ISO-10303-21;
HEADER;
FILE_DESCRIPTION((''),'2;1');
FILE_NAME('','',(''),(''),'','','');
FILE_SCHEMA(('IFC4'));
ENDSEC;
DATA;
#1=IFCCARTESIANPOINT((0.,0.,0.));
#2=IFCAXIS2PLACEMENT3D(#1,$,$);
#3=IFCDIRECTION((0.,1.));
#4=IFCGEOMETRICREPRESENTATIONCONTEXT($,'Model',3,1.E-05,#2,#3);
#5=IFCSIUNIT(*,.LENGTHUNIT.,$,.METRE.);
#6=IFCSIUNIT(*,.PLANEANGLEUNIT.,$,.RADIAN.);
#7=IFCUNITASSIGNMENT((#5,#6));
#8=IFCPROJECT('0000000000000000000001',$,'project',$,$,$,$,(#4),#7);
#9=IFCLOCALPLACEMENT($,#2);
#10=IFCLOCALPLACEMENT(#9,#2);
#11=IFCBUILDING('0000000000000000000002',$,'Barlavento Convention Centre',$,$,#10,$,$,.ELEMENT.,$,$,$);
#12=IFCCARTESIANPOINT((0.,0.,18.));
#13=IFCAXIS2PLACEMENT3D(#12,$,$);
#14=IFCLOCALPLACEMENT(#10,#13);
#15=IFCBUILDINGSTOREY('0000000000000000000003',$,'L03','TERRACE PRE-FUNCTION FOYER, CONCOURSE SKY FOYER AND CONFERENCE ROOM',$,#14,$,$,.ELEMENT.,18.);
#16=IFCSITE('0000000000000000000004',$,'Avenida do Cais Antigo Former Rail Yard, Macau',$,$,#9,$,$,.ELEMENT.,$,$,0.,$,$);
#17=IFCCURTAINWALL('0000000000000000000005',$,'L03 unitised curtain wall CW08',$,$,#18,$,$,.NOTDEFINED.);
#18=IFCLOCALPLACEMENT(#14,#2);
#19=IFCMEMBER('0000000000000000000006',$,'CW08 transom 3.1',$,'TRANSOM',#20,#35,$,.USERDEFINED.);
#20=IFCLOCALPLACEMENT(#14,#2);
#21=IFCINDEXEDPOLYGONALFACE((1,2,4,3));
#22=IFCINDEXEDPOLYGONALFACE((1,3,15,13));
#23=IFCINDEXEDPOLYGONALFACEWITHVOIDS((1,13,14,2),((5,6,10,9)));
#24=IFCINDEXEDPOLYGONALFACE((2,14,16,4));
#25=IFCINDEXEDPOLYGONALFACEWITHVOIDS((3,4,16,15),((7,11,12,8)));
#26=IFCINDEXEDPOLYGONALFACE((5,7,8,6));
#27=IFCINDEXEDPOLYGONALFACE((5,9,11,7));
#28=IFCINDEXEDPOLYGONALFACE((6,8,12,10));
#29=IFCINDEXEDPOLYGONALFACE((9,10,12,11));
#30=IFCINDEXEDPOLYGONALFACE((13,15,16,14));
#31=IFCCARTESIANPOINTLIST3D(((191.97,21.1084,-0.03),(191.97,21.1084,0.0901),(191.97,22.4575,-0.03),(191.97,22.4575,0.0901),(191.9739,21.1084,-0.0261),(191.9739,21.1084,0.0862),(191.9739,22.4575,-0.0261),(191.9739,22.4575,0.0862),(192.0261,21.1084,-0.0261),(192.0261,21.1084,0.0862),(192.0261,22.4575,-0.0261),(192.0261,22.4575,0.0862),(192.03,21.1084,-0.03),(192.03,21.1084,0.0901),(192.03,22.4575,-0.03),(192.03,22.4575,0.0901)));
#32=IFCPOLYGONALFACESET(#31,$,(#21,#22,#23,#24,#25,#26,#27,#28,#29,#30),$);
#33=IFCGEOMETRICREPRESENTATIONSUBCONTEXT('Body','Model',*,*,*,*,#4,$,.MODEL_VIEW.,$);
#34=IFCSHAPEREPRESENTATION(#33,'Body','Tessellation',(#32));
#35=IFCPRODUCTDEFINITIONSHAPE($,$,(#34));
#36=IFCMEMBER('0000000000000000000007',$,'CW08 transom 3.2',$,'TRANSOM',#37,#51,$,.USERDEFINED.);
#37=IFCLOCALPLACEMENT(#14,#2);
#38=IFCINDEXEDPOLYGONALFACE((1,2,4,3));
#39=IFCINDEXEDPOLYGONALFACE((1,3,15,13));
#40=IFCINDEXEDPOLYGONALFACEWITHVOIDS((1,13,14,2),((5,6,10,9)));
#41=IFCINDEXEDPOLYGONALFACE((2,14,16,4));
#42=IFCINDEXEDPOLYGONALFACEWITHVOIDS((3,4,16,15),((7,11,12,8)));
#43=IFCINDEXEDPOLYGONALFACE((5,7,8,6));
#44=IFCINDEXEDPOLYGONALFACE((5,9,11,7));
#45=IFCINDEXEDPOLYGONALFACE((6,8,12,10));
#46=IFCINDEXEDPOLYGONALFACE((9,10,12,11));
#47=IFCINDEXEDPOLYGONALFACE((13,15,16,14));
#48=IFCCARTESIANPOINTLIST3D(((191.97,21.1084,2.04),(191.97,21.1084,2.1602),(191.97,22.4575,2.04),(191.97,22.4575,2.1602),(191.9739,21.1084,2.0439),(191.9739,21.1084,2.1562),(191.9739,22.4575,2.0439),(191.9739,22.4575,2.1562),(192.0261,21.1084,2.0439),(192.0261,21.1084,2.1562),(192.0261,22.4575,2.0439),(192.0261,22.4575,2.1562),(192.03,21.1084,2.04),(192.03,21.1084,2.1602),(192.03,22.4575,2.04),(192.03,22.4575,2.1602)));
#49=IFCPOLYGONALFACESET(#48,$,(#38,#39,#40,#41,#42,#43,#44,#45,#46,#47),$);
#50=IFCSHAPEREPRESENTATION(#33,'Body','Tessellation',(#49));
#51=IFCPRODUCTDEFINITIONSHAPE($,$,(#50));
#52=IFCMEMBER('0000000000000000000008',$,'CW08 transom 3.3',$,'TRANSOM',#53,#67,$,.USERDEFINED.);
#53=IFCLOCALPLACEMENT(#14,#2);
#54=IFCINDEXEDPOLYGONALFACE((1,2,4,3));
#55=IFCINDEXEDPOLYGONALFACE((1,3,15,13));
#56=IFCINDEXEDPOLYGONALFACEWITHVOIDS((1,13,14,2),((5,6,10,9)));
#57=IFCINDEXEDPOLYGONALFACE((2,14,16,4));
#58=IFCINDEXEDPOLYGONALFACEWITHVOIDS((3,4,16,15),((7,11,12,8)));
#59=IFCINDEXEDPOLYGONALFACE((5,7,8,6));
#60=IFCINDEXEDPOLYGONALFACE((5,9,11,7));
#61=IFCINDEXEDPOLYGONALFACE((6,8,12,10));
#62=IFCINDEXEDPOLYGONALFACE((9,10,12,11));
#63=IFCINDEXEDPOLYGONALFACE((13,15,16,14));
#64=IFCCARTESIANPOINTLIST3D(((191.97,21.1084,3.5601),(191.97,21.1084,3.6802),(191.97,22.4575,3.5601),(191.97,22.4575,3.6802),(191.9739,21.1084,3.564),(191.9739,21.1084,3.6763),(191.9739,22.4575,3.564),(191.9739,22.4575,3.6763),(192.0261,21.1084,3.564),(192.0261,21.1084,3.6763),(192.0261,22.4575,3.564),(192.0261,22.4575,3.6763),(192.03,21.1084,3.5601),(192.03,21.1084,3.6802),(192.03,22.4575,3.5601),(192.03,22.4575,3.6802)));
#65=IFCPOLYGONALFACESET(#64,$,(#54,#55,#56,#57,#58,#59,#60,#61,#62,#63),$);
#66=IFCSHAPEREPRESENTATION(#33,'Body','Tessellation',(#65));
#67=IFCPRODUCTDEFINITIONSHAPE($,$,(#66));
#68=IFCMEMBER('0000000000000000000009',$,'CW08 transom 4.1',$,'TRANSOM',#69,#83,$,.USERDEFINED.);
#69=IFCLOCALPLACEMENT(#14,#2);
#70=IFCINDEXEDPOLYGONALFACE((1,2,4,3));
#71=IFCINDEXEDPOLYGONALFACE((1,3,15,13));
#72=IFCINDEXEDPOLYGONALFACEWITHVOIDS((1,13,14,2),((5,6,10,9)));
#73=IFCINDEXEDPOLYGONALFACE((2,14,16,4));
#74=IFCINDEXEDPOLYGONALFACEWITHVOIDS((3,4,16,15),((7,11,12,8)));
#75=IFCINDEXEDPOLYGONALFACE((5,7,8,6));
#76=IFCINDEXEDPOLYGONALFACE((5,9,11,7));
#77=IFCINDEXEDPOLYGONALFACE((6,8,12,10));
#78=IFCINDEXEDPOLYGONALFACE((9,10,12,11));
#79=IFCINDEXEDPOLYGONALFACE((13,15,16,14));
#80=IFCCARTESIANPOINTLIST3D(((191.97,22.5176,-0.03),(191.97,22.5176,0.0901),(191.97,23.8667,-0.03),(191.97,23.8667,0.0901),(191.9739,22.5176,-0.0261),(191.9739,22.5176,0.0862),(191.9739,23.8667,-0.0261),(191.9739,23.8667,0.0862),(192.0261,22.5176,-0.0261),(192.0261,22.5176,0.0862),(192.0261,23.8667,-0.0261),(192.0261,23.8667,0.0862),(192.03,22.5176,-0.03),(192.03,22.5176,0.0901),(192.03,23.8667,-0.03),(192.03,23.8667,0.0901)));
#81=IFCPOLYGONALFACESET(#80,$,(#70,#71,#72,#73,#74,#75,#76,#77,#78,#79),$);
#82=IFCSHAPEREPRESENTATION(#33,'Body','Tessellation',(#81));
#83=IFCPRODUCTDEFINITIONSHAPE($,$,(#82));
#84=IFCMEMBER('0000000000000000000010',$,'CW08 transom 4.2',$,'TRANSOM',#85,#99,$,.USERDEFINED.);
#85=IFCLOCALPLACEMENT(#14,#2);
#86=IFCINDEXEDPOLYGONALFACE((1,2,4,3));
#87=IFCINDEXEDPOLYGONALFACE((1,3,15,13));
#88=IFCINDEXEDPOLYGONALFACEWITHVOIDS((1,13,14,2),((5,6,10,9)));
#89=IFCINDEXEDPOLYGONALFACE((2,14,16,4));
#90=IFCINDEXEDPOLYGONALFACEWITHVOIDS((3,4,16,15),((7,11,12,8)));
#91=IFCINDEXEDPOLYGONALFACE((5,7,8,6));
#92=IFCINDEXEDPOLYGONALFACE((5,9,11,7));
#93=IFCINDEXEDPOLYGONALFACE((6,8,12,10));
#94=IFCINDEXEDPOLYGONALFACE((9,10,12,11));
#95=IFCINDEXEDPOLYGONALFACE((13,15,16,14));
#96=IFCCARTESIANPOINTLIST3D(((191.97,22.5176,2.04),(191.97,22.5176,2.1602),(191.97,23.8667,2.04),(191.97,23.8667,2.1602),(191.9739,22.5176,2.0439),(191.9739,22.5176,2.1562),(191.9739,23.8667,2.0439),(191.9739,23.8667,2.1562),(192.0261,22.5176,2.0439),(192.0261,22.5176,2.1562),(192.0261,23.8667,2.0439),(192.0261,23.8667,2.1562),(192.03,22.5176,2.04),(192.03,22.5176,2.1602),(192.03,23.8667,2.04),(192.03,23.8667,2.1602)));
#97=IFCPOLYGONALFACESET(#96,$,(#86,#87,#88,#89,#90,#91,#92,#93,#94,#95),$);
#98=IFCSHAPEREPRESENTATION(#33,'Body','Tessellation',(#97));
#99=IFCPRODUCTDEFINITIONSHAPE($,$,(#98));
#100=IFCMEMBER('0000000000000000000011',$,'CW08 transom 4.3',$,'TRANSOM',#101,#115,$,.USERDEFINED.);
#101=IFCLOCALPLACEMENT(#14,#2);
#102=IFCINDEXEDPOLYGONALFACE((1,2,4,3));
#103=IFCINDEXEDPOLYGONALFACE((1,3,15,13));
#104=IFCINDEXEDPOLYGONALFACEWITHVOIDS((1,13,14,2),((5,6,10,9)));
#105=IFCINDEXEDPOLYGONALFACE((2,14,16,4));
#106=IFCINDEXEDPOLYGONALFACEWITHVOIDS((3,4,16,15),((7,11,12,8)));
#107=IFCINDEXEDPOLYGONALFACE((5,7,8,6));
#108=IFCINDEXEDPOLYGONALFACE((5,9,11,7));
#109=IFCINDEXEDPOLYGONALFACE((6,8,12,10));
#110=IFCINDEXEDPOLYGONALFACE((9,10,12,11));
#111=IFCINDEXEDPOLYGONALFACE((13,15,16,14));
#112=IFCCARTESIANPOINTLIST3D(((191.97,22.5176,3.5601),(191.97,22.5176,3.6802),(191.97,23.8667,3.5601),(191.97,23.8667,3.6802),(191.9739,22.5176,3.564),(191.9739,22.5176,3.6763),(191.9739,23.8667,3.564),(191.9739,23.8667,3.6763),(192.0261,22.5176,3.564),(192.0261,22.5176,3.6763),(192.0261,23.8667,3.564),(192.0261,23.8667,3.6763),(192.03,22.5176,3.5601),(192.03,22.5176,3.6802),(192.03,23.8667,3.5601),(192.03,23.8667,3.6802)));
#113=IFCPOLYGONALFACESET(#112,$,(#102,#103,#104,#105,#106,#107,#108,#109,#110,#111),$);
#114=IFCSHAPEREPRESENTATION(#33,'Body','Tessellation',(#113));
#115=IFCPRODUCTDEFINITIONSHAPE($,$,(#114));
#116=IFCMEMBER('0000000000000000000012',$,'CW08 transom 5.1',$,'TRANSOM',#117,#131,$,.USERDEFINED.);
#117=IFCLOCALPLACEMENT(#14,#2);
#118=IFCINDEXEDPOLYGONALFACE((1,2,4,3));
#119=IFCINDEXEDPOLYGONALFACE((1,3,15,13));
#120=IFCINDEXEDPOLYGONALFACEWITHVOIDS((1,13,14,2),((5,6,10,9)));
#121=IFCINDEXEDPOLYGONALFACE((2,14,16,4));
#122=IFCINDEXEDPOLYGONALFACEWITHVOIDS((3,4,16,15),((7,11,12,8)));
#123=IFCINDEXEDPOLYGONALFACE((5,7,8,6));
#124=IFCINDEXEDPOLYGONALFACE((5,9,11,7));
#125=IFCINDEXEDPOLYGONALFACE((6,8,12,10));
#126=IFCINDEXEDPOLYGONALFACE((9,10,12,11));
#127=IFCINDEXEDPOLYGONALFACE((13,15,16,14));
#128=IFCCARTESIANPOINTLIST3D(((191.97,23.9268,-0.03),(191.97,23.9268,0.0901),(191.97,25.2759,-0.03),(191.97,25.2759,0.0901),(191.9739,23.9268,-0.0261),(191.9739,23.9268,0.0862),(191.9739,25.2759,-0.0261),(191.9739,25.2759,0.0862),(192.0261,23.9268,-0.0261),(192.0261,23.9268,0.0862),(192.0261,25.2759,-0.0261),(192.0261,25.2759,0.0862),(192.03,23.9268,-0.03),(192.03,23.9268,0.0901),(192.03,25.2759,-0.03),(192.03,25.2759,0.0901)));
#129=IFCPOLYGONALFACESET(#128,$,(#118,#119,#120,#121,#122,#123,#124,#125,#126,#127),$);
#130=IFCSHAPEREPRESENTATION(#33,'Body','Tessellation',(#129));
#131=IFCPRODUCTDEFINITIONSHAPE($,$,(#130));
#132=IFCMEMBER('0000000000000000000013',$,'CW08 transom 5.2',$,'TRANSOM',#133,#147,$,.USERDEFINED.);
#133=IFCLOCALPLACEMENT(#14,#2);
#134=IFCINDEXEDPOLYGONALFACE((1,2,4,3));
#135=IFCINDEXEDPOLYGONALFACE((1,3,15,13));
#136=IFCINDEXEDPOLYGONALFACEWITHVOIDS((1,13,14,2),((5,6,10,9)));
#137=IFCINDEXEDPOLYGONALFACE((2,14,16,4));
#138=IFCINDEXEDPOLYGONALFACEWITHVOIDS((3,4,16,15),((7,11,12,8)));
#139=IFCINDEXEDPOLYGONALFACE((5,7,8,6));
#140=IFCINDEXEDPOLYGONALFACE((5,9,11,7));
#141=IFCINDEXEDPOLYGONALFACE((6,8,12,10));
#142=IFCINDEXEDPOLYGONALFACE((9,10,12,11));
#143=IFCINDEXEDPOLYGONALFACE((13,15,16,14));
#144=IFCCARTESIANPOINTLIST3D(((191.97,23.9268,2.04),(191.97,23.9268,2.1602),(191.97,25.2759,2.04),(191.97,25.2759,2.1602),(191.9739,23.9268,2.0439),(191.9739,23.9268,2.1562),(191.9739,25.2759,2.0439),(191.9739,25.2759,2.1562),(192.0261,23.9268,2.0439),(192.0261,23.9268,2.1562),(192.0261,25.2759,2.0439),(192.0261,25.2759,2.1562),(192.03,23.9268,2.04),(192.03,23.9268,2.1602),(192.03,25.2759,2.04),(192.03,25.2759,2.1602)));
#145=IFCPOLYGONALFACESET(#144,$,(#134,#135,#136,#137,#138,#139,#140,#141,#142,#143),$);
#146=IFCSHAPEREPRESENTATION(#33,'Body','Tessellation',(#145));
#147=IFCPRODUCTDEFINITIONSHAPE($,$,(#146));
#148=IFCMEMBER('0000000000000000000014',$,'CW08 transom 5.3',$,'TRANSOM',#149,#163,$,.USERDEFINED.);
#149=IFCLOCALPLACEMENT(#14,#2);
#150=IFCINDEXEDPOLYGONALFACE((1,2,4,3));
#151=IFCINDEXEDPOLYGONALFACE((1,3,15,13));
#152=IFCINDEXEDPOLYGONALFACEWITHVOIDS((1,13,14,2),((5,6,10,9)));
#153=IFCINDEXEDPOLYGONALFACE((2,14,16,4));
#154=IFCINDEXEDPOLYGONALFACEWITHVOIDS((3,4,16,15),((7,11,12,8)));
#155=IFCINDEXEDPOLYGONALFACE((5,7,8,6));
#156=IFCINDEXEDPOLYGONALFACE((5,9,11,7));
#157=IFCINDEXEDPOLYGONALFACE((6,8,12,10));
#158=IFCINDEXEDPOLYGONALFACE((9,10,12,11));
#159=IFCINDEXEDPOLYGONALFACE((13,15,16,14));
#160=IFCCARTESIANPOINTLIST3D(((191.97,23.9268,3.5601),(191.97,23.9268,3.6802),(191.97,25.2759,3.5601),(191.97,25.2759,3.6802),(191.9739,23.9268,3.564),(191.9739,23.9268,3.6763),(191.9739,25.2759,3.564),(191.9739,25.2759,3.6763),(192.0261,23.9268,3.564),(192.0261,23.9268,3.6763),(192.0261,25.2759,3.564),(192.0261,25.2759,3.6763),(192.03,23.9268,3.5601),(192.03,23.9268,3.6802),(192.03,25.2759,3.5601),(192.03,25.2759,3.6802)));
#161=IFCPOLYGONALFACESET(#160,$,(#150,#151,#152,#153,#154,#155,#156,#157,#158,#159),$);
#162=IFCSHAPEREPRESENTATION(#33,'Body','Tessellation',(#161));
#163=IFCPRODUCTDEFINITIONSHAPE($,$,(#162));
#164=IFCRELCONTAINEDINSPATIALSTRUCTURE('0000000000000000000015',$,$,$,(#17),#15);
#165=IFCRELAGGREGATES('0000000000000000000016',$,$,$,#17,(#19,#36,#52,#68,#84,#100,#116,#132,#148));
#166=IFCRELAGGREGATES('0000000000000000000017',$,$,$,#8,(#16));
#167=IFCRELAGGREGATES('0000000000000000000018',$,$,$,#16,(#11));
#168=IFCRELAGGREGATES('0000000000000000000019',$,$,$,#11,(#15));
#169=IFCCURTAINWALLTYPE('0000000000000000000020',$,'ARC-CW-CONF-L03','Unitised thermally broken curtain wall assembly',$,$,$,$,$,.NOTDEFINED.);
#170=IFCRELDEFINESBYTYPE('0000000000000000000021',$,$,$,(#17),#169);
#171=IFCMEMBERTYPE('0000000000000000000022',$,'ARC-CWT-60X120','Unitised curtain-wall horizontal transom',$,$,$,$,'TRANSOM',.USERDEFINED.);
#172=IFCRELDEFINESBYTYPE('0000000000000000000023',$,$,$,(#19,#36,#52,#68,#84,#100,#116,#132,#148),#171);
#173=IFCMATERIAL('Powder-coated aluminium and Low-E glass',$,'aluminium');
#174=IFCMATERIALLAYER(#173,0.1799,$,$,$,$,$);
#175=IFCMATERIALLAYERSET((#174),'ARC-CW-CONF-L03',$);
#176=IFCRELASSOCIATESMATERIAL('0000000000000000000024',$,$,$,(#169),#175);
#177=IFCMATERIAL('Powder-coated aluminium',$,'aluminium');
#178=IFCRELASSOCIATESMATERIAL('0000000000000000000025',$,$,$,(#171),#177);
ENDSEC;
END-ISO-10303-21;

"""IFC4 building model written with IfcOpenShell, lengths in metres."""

from ifc_helpers import new_model, si_unit, direction, frame, origin, origin_2d, place, context, subcontext, project, spatial, hollow_rectangle, extrude, material, layer, layer_set, material_profile, profile_set, type_object, element, aggregate, save


model = new_model("IFC4")

# Units and contexts
model_context = context("Model", 3, precision=1e-05, world=origin(), true_north=direction((0.0, 1.0)))
body_context = subcontext(model_context, "Body", "Model", "MODEL_VIEW")
ifc_project = project(units=[si_unit("LENGTHUNIT", "METRE"), si_unit("PLANEANGLEUNIT", "RADIAN")], contexts=[model_context])

# Site, building, storey
site_placement = place(None, origin())
site = spatial("IfcSite", under=ifc_project, at=site_placement, Name="Avenida do Cais Antigo Former Rail Yard, Macau", CompositionType="ELEMENT", RefElevation=0.0)
building_placement = place(site_placement, origin())
building = spatial("IfcBuilding", under=site, at=building_placement, Name="Barlavento Convention Centre", CompositionType="ELEMENT")
storey_placement = place(building_placement, frame((0.0, 0.0, 18.0)))
storey = spatial("IfcBuildingStorey", under=building, at=storey_placement, Name="L03", Description="TERRACE PRE-FUNCTION FOYER, CONCOURSE SKY FOYER AND CONFERENCE ROOM", CompositionType="ELEMENT", Elevation=18.0)

# Curtain wall, members
ifc_material_1 = material(Name="Powder-coated aluminium and Low-E glass", Category="aluminium")
ifc_layer_1 = layer(ifc_material_1, 0.1799)
ifc_layer_set_1 = layer_set([ifc_layer_1], Name="ARC-CW-CONF-L03")
curtain_wall_type = type_object("IfcCurtainWallType", Name="ARC-CW-CONF-L03", Description="Unitised thermally broken curtain wall assembly", PredefinedType="NOTDEFINED", material=ifc_layer_set_1)
curtain_wall_placement = place(storey_placement, origin())
curtain_wall = element("IfcCurtainWall", 1, at=curtain_wall_placement, inside=storey, type_object=curtain_wall_type, Name="L03 unitised curtain wall CW08", PredefinedType="NOTDEFINED")
ifc_material_2 = material(Name="Powder-coated aluminium", Category="aluminium")
ifc_material_profile_1 = material_profile(ifc_material_2, hollow_rectangle(XDim=0.0601, YDim=0.1201, WallThickness=0.0039, at=origin_2d()), Name="AL-TRAN 60x120x4")
ifc_profile_set_1 = profile_set([ifc_material_profile_1], Name="Powder-coated aluminium")
member_type_1 = type_object("IfcMemberType", Name="ARC-CWT-60X120", Description="Unitised curtain-wall horizontal transom", ElementType="TRANSOM", PredefinedType="USERDEFINED", material=ifc_profile_set_1)
member_1_placement = place(storey_placement, frame((192.0, 21.1084, 0.03), z_axis=(0.0, 1.0, 0.0), x_axis=(-1.0, 0.0, 0.0)))
member_1 = element("IfcMember", 2, at=member_1_placement, type_object=member_type_1, Name="CW08 transom 3.1", ObjectType="TRANSOM", PredefinedType="USERDEFINED", context=body_context, shape_type="SweptSolid", body=[
    extrude(hollow_rectangle(XDim=0.0601, YDim=0.1201, WallThickness=0.0039, at=origin_2d()), origin(), (0.0, 0.0, 1.0), 1.3491),
])
member_2_placement = place(storey_placement, frame((192.0, 21.1084, 2.1001), z_axis=(0.0, 1.0, 0.0), x_axis=(-1.0, 0.0, 0.0)))
member_2 = element("IfcMember", 3, at=member_2_placement, type_object=member_type_1, Name="CW08 transom 3.2", ObjectType="TRANSOM", PredefinedType="USERDEFINED", context=body_context, shape_type="SweptSolid", body=[
    extrude(hollow_rectangle(XDim=0.0601, YDim=0.1201, WallThickness=0.0039, at=origin_2d()), origin(), (0.0, 0.0, 1.0), 1.3491),
])
member_3_placement = place(storey_placement, frame((192.0, 21.1084, 3.6201), z_axis=(0.0, 1.0, 0.0), x_axis=(-1.0, 0.0, 0.0)))
member_3 = element("IfcMember", 4, at=member_3_placement, type_object=member_type_1, Name="CW08 transom 3.3", ObjectType="TRANSOM", PredefinedType="USERDEFINED", context=body_context, shape_type="SweptSolid", body=[
    extrude(hollow_rectangle(XDim=0.0601, YDim=0.1201, WallThickness=0.0039, at=origin_2d()), origin(), (0.0, 0.0, 1.0), 1.3491),
])
member_4_placement = place(storey_placement, frame((192.0, 22.5176, 0.03), z_axis=(0.0, 1.0, 0.0), x_axis=(-1.0, 0.0, 0.0)))
member_4 = element("IfcMember", 5, at=member_4_placement, type_object=member_type_1, Name="CW08 transom 4.1", ObjectType="TRANSOM", PredefinedType="USERDEFINED", context=body_context, shape_type="SweptSolid", body=[
    extrude(hollow_rectangle(XDim=0.0601, YDim=0.1201, WallThickness=0.0039, at=origin_2d()), origin(), (0.0, 0.0, 1.0), 1.3491),
])
member_5_placement = place(storey_placement, frame((192.0, 22.5176, 2.1001), z_axis=(0.0, 1.0, 0.0), x_axis=(-1.0, 0.0, 0.0)))
member_5 = element("IfcMember", 6, at=member_5_placement, type_object=member_type_1, Name="CW08 transom 4.2", ObjectType="TRANSOM", PredefinedType="USERDEFINED", context=body_context, shape_type="SweptSolid", body=[
    extrude(hollow_rectangle(XDim=0.0601, YDim=0.1201, WallThickness=0.0039, at=origin_2d()), origin(), (0.0, 0.0, 1.0), 1.3491),
])
member_6_placement = place(storey_placement, frame((192.0, 22.5176, 3.6201), z_axis=(0.0, 1.0, 0.0), x_axis=(-1.0, 0.0, 0.0)))
member_6 = element("IfcMember", 7, at=member_6_placement, type_object=member_type_1, Name="CW08 transom 4.3", ObjectType="TRANSOM", PredefinedType="USERDEFINED", context=body_context, shape_type="SweptSolid", body=[
    extrude(hollow_rectangle(XDim=0.0601, YDim=0.1201, WallThickness=0.0039, at=origin_2d()), origin(), (0.0, 0.0, 1.0), 1.3491),
])
member_7_placement = place(storey_placement, frame((192.0, 23.9268, 0.03), z_axis=(0.0, 1.0, 0.0), x_axis=(-1.0, 0.0, 0.0)))
member_7 = element("IfcMember", 8, at=member_7_placement, type_object=member_type_1, Name="CW08 transom 5.1", ObjectType="TRANSOM", PredefinedType="USERDEFINED", context=body_context, shape_type="SweptSolid", body=[
    extrude(hollow_rectangle(XDim=0.0601, YDim=0.1201, WallThickness=0.0039, at=origin_2d()), origin(), (0.0, 0.0, 1.0), 1.3491),
])
member_8_placement = place(storey_placement, frame((192.0, 23.9268, 2.1001), z_axis=(0.0, 1.0, 0.0), x_axis=(-1.0, 0.0, 0.0)))
member_8 = element("IfcMember", 9, at=member_8_placement, type_object=member_type_1, Name="CW08 transom 5.2", ObjectType="TRANSOM", PredefinedType="USERDEFINED", context=body_context, shape_type="SweptSolid", body=[
    extrude(hollow_rectangle(XDim=0.0601, YDim=0.1201, WallThickness=0.0039, at=origin_2d()), origin(), (0.0, 0.0, 1.0), 1.3491),
])
member_9_placement = place(storey_placement, frame((192.0, 23.9268, 3.6201), z_axis=(0.0, 1.0, 0.0), x_axis=(-1.0, 0.0, 0.0)))
member_9 = element("IfcMember", 10, at=member_9_placement, type_object=member_type_1, Name="CW08 transom 5.3", ObjectType="TRANSOM", PredefinedType="USERDEFINED", context=body_context, shape_type="SweptSolid", body=[
    extrude(hollow_rectangle(XDim=0.0601, YDim=0.1201, WallThickness=0.0039, at=origin_2d()), origin(), (0.0, 0.0, 1.0), 1.3491),
])

aggregate(curtain_wall, [member_1, member_2, member_3, member_4, member_5, member_6, member_7, member_8, member_9])

save(model, "model.ifc")
